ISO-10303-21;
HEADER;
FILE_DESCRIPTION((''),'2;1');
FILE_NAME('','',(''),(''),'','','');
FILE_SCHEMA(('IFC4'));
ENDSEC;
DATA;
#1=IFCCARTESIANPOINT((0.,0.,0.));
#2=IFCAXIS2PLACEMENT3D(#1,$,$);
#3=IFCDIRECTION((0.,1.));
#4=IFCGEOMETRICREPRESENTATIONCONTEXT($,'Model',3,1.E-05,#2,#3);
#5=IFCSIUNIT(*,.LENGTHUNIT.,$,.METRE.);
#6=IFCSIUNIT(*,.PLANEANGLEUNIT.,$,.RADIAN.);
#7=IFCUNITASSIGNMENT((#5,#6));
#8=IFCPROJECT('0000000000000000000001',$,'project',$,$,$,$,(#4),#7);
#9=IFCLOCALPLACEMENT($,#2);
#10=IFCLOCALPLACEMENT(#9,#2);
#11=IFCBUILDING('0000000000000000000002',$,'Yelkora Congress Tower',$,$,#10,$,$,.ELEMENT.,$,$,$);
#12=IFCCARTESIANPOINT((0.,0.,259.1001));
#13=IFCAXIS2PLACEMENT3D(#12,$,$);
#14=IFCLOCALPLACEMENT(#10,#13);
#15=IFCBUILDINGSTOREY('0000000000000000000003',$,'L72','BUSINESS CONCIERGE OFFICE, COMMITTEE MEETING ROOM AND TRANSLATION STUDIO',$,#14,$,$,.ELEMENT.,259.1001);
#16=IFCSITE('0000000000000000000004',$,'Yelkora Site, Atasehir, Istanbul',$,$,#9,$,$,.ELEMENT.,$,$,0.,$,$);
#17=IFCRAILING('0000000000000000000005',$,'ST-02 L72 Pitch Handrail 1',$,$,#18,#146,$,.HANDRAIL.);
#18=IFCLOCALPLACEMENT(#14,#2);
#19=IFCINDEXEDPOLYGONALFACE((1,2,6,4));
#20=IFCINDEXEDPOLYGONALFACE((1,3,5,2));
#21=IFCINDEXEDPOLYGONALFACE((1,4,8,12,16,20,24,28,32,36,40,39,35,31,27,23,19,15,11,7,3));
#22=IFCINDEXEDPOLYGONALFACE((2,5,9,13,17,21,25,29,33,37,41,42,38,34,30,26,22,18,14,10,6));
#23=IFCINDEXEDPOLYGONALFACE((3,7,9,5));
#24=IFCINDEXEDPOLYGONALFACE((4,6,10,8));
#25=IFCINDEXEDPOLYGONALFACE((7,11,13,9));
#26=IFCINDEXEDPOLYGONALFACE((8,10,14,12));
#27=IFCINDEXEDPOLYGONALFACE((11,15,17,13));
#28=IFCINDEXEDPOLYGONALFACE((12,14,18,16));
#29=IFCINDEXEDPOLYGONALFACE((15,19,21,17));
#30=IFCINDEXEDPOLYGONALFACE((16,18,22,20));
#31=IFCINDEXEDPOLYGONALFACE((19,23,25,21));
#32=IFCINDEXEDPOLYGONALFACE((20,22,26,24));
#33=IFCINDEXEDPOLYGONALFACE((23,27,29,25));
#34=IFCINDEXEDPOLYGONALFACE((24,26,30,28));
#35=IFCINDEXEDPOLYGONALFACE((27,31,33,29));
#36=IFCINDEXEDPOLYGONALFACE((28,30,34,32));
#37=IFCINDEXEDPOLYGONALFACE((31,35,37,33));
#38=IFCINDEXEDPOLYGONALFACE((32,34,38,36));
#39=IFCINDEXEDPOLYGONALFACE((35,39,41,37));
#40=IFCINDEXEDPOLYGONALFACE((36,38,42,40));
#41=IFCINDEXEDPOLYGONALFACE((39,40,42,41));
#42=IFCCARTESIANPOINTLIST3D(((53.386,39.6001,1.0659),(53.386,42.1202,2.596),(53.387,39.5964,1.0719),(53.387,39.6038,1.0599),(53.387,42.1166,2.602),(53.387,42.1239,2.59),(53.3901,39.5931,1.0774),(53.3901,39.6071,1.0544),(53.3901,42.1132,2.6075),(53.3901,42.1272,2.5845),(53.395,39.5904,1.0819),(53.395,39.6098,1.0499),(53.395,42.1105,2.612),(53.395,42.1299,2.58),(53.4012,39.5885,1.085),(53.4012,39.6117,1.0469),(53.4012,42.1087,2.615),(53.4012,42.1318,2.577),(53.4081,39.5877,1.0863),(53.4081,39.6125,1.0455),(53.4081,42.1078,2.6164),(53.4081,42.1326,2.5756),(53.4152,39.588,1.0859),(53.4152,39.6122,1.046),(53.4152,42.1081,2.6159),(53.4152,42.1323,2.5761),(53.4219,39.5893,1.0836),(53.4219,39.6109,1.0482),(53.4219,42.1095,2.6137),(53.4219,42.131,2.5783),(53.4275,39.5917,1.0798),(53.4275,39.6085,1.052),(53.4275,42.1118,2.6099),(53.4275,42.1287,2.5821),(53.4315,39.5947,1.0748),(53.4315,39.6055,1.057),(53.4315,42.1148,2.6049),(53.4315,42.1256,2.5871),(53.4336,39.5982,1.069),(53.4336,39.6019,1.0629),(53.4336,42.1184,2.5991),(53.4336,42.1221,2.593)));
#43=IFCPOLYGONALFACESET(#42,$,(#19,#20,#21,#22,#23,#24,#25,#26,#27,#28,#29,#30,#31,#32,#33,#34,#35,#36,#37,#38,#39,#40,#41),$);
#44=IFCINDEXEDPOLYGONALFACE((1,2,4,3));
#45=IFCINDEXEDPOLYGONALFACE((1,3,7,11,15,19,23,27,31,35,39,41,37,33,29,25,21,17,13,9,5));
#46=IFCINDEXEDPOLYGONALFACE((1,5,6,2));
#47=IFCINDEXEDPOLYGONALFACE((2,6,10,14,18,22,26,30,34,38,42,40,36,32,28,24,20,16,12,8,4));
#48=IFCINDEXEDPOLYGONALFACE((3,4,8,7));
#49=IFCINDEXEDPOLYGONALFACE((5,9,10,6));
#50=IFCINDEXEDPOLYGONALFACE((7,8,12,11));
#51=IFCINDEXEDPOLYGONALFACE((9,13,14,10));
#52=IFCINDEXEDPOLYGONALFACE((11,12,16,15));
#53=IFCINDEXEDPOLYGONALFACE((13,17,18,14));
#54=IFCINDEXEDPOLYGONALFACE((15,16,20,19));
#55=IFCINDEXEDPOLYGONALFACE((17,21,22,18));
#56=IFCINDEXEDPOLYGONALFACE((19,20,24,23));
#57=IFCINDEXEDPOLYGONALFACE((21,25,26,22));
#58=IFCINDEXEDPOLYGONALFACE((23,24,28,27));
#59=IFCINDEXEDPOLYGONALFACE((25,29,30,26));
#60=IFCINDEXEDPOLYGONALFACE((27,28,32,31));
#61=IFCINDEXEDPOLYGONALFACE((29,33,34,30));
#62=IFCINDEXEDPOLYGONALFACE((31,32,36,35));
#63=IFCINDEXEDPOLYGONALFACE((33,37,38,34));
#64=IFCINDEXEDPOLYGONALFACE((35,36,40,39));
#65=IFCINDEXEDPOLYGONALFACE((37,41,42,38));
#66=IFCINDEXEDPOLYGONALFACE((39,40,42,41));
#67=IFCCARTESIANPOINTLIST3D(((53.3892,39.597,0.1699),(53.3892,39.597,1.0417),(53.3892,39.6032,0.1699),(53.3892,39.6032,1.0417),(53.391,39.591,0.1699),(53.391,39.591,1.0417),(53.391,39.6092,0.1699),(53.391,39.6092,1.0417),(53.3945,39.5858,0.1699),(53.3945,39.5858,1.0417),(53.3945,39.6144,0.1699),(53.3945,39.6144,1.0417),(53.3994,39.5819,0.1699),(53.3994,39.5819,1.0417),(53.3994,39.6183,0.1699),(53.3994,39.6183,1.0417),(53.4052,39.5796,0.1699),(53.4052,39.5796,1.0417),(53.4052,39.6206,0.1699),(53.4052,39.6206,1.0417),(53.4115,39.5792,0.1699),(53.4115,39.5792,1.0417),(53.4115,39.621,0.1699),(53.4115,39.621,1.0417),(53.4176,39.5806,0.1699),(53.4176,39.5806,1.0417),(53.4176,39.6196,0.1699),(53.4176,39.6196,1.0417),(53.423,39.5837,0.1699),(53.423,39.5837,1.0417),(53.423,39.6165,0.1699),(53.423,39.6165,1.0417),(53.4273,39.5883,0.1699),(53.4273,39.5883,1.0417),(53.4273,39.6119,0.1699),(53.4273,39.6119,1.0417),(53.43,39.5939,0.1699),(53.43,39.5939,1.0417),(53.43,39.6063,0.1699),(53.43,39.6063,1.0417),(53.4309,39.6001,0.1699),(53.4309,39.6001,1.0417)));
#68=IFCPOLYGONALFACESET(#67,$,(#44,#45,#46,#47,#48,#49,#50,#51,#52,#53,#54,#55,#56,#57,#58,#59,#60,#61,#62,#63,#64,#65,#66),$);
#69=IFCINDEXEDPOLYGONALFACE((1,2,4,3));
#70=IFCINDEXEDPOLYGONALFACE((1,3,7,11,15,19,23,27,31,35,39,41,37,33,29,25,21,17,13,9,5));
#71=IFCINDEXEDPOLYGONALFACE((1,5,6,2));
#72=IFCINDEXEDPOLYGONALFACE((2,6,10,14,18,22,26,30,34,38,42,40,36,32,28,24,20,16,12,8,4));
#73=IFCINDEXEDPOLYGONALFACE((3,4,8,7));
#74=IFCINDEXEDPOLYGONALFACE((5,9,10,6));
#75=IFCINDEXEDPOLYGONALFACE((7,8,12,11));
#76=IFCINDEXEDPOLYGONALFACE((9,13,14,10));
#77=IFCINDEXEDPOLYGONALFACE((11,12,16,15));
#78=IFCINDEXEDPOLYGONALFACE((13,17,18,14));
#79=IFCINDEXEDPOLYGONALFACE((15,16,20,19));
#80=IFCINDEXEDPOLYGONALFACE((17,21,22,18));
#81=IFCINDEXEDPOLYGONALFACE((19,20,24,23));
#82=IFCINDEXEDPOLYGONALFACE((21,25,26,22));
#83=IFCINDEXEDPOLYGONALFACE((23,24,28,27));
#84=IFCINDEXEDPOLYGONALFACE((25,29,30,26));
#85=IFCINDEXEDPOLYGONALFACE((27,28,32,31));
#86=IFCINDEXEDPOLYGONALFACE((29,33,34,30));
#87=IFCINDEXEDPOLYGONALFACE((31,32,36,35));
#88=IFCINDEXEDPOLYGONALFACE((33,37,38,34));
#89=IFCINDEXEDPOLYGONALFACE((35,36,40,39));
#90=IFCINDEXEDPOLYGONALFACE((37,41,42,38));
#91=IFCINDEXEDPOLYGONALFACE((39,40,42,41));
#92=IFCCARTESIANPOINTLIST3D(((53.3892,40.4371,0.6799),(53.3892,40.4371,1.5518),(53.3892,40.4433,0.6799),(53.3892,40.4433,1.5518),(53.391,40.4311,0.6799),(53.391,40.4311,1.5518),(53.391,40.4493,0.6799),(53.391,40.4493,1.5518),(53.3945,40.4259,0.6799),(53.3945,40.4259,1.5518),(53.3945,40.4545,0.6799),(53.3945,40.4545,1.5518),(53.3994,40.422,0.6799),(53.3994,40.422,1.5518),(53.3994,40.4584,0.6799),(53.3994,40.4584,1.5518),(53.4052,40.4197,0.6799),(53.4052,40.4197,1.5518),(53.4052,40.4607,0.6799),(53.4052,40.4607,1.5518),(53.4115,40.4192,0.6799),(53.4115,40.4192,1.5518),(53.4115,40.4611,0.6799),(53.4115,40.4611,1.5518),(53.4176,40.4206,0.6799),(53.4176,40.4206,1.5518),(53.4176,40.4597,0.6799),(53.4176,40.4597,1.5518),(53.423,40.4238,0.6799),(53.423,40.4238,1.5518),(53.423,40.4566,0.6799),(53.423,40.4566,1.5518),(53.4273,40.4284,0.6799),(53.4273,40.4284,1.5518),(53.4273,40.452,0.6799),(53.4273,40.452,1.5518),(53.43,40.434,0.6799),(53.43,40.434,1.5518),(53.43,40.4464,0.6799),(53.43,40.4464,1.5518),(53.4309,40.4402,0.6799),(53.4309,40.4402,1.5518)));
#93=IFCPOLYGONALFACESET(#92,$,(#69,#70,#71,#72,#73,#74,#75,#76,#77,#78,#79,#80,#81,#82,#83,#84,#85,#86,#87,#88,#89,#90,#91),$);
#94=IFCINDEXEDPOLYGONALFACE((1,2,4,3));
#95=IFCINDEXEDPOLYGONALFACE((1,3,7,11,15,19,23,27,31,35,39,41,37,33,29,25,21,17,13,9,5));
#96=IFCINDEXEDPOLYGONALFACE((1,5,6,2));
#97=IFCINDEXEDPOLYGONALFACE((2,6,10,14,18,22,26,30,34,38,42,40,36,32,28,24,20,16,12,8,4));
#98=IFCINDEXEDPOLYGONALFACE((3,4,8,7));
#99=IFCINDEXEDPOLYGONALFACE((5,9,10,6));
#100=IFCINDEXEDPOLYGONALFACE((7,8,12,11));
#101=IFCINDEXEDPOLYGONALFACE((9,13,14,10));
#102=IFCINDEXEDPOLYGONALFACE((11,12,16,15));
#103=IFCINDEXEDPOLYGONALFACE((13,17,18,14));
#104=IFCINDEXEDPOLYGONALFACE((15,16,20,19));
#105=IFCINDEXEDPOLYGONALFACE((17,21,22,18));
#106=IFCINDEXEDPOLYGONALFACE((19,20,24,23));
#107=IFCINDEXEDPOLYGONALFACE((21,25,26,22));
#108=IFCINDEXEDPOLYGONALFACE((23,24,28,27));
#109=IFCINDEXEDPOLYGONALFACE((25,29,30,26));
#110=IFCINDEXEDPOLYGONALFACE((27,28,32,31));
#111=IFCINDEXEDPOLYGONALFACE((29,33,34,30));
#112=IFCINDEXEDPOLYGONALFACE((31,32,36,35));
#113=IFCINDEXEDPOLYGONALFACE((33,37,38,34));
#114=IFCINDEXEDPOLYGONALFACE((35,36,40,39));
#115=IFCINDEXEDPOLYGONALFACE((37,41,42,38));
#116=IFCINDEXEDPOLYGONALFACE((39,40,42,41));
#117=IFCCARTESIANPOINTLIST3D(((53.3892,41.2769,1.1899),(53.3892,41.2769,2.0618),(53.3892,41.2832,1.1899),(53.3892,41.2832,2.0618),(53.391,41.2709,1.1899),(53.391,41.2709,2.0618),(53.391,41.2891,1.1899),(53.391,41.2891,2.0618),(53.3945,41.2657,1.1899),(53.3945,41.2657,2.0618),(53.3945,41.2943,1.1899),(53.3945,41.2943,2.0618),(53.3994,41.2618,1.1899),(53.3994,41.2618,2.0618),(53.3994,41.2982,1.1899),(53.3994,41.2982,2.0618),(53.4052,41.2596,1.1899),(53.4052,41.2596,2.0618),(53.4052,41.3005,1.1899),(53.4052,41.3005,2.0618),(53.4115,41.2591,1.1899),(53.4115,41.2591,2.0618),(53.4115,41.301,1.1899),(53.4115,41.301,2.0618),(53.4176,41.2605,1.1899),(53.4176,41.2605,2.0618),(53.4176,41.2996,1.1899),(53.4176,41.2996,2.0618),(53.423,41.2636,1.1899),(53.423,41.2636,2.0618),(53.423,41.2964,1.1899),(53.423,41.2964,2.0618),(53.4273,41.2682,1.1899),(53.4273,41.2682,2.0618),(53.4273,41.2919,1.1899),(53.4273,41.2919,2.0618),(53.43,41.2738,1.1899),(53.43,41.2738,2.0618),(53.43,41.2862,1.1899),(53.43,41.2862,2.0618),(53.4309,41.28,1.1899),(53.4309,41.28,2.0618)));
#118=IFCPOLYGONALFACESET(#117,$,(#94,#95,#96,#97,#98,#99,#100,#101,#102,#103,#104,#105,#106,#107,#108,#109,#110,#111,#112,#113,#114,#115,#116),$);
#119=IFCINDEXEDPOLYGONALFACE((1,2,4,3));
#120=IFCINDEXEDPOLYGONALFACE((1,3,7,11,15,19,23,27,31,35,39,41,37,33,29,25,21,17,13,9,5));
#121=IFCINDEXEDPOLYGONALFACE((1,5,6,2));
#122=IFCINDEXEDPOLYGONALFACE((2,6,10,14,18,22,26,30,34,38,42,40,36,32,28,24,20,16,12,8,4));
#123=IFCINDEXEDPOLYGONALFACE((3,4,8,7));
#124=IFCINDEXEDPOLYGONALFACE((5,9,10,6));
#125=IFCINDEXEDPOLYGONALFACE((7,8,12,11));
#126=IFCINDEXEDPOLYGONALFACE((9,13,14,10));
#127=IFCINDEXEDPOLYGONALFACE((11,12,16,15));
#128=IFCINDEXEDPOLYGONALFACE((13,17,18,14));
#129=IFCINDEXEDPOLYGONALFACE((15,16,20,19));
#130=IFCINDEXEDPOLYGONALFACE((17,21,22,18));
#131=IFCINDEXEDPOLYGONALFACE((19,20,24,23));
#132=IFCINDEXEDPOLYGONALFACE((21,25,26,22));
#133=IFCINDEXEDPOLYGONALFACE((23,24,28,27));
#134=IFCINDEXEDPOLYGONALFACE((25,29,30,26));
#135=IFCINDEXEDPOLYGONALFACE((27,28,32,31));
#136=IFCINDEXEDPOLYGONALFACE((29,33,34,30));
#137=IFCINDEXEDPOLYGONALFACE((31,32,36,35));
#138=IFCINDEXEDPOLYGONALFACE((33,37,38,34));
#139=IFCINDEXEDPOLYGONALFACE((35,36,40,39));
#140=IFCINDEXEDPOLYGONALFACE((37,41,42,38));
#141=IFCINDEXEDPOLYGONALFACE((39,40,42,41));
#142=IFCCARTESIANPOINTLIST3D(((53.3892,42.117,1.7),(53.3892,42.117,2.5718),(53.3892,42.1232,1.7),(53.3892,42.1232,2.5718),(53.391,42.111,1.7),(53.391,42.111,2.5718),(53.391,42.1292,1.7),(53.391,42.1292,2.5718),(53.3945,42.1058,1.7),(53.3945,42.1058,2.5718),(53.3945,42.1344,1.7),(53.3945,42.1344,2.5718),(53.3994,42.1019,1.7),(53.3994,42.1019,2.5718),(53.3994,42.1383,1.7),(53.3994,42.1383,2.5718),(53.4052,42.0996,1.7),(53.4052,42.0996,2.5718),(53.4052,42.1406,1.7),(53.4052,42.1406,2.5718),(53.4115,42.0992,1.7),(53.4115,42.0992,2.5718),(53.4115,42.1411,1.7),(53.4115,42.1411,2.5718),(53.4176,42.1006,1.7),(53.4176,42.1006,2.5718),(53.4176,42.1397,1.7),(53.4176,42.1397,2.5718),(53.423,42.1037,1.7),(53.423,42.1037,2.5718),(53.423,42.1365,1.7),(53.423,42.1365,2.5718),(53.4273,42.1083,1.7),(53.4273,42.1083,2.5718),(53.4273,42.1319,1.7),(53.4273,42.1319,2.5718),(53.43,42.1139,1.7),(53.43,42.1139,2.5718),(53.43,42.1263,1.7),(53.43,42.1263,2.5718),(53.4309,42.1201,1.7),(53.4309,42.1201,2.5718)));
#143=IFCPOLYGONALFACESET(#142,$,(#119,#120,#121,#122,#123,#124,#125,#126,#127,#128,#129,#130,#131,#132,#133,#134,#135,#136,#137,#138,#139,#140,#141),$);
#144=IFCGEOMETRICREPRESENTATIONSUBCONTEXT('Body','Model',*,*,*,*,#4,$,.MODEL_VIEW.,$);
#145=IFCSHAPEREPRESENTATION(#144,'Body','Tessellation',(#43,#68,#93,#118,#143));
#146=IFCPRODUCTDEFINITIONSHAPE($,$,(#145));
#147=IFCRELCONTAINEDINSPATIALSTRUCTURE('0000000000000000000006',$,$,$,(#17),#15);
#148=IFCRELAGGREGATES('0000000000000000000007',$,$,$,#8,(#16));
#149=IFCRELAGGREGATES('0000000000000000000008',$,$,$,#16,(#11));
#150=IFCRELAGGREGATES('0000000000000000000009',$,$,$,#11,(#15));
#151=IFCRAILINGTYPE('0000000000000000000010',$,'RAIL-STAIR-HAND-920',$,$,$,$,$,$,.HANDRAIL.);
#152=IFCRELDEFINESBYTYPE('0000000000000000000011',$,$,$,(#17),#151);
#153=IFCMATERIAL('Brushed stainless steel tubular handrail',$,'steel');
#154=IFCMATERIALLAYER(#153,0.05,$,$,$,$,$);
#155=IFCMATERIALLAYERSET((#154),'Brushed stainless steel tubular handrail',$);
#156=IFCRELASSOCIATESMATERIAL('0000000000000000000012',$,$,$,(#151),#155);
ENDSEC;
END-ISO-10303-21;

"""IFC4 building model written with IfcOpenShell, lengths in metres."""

from ifc_helpers import new_model, si_unit, direction, frame, origin, origin_2d, place, context, subcontext, project, spatial, circle, extrude, material, layer, layer_set, type_object, element, save


model = new_model("IFC4")

# Units and contexts
model_context = context("Model", 3, precision=1e-05, world=origin(), true_north=direction((0.0, 1.0)))
body_context = subcontext(model_context, "Body", "Model", "MODEL_VIEW")
ifc_project = project(units=[si_unit("LENGTHUNIT", "METRE"), si_unit("PLANEANGLEUNIT", "RADIAN")], contexts=[model_context])

# Site, building, storey
site_placement = place(None, origin())
site = spatial("IfcSite", under=ifc_project, at=site_placement, Name="Yelkora Site, Atasehir, Istanbul", CompositionType="ELEMENT", RefElevation=0.0)
building_placement = place(site_placement, origin())
building = spatial("IfcBuilding", under=site, at=building_placement, Name="Yelkora Congress Tower", CompositionType="ELEMENT")
storey_placement = place(building_placement, frame((0.0, 0.0, 259.1001)))
storey = spatial("IfcBuildingStorey", under=building, at=storey_placement, Name="L72", Description="BUSINESS CONCIERGE OFFICE, COMMITTEE MEETING ROOM AND TRANSLATION STUDIO", CompositionType="ELEMENT", Elevation=259.1001)

# Railing
ifc_material_1 = material(Name="Brushed stainless steel tubular handrail", Category="steel")
ifc_layer_1 = layer(ifc_material_1, 0.05)
ifc_layer_set_1 = layer_set([ifc_layer_1], Name="Brushed stainless steel tubular handrail")
railing_type_1 = type_object("IfcRailingType", Name="RAIL-STAIR-HAND-920", PredefinedType="HANDRAIL", material=ifc_layer_set_1)
railing_1_placement = place(storey_placement, frame((53.4099, 39.6001, 0.1699)))
element("IfcRailing", 1, at=railing_1_placement, inside=storey, type_object=railing_type_1, Name="ST-02 L72 Pitch Handrail 1", PredefinedType="HANDRAIL", context=body_context, shape_type="SweptSolid", body=[
    extrude(circle(Radius=0.0239, at=origin_2d()), frame((0.0, 0.0, 0.896), z_axis=(0.0, 0.854785, 0.518982), x_axis=(-1.0, 0.0, 0.0)), (0.0, 0.0, 1.0), 2.9482),
    extrude(circle(Radius=0.021, at=origin_2d()), origin(), (0.0, 0.0, 1.0), 0.8718),
    extrude(circle(Radius=0.021, at=origin_2d()), frame((0.0, 0.8401, 0.51)), (0.0, 0.0, 1.0), 0.8718),
    extrude(circle(Radius=0.021, at=origin_2d()), frame((0.0, 1.6799, 1.02)), (0.0, 0.0, 1.0), 0.8718),
    extrude(circle(Radius=0.021, at=origin_2d()), frame((0.0, 2.52, 1.53)), (0.0, 0.0, 1.0), 0.8718),
])

save(model, "model.ifc")
